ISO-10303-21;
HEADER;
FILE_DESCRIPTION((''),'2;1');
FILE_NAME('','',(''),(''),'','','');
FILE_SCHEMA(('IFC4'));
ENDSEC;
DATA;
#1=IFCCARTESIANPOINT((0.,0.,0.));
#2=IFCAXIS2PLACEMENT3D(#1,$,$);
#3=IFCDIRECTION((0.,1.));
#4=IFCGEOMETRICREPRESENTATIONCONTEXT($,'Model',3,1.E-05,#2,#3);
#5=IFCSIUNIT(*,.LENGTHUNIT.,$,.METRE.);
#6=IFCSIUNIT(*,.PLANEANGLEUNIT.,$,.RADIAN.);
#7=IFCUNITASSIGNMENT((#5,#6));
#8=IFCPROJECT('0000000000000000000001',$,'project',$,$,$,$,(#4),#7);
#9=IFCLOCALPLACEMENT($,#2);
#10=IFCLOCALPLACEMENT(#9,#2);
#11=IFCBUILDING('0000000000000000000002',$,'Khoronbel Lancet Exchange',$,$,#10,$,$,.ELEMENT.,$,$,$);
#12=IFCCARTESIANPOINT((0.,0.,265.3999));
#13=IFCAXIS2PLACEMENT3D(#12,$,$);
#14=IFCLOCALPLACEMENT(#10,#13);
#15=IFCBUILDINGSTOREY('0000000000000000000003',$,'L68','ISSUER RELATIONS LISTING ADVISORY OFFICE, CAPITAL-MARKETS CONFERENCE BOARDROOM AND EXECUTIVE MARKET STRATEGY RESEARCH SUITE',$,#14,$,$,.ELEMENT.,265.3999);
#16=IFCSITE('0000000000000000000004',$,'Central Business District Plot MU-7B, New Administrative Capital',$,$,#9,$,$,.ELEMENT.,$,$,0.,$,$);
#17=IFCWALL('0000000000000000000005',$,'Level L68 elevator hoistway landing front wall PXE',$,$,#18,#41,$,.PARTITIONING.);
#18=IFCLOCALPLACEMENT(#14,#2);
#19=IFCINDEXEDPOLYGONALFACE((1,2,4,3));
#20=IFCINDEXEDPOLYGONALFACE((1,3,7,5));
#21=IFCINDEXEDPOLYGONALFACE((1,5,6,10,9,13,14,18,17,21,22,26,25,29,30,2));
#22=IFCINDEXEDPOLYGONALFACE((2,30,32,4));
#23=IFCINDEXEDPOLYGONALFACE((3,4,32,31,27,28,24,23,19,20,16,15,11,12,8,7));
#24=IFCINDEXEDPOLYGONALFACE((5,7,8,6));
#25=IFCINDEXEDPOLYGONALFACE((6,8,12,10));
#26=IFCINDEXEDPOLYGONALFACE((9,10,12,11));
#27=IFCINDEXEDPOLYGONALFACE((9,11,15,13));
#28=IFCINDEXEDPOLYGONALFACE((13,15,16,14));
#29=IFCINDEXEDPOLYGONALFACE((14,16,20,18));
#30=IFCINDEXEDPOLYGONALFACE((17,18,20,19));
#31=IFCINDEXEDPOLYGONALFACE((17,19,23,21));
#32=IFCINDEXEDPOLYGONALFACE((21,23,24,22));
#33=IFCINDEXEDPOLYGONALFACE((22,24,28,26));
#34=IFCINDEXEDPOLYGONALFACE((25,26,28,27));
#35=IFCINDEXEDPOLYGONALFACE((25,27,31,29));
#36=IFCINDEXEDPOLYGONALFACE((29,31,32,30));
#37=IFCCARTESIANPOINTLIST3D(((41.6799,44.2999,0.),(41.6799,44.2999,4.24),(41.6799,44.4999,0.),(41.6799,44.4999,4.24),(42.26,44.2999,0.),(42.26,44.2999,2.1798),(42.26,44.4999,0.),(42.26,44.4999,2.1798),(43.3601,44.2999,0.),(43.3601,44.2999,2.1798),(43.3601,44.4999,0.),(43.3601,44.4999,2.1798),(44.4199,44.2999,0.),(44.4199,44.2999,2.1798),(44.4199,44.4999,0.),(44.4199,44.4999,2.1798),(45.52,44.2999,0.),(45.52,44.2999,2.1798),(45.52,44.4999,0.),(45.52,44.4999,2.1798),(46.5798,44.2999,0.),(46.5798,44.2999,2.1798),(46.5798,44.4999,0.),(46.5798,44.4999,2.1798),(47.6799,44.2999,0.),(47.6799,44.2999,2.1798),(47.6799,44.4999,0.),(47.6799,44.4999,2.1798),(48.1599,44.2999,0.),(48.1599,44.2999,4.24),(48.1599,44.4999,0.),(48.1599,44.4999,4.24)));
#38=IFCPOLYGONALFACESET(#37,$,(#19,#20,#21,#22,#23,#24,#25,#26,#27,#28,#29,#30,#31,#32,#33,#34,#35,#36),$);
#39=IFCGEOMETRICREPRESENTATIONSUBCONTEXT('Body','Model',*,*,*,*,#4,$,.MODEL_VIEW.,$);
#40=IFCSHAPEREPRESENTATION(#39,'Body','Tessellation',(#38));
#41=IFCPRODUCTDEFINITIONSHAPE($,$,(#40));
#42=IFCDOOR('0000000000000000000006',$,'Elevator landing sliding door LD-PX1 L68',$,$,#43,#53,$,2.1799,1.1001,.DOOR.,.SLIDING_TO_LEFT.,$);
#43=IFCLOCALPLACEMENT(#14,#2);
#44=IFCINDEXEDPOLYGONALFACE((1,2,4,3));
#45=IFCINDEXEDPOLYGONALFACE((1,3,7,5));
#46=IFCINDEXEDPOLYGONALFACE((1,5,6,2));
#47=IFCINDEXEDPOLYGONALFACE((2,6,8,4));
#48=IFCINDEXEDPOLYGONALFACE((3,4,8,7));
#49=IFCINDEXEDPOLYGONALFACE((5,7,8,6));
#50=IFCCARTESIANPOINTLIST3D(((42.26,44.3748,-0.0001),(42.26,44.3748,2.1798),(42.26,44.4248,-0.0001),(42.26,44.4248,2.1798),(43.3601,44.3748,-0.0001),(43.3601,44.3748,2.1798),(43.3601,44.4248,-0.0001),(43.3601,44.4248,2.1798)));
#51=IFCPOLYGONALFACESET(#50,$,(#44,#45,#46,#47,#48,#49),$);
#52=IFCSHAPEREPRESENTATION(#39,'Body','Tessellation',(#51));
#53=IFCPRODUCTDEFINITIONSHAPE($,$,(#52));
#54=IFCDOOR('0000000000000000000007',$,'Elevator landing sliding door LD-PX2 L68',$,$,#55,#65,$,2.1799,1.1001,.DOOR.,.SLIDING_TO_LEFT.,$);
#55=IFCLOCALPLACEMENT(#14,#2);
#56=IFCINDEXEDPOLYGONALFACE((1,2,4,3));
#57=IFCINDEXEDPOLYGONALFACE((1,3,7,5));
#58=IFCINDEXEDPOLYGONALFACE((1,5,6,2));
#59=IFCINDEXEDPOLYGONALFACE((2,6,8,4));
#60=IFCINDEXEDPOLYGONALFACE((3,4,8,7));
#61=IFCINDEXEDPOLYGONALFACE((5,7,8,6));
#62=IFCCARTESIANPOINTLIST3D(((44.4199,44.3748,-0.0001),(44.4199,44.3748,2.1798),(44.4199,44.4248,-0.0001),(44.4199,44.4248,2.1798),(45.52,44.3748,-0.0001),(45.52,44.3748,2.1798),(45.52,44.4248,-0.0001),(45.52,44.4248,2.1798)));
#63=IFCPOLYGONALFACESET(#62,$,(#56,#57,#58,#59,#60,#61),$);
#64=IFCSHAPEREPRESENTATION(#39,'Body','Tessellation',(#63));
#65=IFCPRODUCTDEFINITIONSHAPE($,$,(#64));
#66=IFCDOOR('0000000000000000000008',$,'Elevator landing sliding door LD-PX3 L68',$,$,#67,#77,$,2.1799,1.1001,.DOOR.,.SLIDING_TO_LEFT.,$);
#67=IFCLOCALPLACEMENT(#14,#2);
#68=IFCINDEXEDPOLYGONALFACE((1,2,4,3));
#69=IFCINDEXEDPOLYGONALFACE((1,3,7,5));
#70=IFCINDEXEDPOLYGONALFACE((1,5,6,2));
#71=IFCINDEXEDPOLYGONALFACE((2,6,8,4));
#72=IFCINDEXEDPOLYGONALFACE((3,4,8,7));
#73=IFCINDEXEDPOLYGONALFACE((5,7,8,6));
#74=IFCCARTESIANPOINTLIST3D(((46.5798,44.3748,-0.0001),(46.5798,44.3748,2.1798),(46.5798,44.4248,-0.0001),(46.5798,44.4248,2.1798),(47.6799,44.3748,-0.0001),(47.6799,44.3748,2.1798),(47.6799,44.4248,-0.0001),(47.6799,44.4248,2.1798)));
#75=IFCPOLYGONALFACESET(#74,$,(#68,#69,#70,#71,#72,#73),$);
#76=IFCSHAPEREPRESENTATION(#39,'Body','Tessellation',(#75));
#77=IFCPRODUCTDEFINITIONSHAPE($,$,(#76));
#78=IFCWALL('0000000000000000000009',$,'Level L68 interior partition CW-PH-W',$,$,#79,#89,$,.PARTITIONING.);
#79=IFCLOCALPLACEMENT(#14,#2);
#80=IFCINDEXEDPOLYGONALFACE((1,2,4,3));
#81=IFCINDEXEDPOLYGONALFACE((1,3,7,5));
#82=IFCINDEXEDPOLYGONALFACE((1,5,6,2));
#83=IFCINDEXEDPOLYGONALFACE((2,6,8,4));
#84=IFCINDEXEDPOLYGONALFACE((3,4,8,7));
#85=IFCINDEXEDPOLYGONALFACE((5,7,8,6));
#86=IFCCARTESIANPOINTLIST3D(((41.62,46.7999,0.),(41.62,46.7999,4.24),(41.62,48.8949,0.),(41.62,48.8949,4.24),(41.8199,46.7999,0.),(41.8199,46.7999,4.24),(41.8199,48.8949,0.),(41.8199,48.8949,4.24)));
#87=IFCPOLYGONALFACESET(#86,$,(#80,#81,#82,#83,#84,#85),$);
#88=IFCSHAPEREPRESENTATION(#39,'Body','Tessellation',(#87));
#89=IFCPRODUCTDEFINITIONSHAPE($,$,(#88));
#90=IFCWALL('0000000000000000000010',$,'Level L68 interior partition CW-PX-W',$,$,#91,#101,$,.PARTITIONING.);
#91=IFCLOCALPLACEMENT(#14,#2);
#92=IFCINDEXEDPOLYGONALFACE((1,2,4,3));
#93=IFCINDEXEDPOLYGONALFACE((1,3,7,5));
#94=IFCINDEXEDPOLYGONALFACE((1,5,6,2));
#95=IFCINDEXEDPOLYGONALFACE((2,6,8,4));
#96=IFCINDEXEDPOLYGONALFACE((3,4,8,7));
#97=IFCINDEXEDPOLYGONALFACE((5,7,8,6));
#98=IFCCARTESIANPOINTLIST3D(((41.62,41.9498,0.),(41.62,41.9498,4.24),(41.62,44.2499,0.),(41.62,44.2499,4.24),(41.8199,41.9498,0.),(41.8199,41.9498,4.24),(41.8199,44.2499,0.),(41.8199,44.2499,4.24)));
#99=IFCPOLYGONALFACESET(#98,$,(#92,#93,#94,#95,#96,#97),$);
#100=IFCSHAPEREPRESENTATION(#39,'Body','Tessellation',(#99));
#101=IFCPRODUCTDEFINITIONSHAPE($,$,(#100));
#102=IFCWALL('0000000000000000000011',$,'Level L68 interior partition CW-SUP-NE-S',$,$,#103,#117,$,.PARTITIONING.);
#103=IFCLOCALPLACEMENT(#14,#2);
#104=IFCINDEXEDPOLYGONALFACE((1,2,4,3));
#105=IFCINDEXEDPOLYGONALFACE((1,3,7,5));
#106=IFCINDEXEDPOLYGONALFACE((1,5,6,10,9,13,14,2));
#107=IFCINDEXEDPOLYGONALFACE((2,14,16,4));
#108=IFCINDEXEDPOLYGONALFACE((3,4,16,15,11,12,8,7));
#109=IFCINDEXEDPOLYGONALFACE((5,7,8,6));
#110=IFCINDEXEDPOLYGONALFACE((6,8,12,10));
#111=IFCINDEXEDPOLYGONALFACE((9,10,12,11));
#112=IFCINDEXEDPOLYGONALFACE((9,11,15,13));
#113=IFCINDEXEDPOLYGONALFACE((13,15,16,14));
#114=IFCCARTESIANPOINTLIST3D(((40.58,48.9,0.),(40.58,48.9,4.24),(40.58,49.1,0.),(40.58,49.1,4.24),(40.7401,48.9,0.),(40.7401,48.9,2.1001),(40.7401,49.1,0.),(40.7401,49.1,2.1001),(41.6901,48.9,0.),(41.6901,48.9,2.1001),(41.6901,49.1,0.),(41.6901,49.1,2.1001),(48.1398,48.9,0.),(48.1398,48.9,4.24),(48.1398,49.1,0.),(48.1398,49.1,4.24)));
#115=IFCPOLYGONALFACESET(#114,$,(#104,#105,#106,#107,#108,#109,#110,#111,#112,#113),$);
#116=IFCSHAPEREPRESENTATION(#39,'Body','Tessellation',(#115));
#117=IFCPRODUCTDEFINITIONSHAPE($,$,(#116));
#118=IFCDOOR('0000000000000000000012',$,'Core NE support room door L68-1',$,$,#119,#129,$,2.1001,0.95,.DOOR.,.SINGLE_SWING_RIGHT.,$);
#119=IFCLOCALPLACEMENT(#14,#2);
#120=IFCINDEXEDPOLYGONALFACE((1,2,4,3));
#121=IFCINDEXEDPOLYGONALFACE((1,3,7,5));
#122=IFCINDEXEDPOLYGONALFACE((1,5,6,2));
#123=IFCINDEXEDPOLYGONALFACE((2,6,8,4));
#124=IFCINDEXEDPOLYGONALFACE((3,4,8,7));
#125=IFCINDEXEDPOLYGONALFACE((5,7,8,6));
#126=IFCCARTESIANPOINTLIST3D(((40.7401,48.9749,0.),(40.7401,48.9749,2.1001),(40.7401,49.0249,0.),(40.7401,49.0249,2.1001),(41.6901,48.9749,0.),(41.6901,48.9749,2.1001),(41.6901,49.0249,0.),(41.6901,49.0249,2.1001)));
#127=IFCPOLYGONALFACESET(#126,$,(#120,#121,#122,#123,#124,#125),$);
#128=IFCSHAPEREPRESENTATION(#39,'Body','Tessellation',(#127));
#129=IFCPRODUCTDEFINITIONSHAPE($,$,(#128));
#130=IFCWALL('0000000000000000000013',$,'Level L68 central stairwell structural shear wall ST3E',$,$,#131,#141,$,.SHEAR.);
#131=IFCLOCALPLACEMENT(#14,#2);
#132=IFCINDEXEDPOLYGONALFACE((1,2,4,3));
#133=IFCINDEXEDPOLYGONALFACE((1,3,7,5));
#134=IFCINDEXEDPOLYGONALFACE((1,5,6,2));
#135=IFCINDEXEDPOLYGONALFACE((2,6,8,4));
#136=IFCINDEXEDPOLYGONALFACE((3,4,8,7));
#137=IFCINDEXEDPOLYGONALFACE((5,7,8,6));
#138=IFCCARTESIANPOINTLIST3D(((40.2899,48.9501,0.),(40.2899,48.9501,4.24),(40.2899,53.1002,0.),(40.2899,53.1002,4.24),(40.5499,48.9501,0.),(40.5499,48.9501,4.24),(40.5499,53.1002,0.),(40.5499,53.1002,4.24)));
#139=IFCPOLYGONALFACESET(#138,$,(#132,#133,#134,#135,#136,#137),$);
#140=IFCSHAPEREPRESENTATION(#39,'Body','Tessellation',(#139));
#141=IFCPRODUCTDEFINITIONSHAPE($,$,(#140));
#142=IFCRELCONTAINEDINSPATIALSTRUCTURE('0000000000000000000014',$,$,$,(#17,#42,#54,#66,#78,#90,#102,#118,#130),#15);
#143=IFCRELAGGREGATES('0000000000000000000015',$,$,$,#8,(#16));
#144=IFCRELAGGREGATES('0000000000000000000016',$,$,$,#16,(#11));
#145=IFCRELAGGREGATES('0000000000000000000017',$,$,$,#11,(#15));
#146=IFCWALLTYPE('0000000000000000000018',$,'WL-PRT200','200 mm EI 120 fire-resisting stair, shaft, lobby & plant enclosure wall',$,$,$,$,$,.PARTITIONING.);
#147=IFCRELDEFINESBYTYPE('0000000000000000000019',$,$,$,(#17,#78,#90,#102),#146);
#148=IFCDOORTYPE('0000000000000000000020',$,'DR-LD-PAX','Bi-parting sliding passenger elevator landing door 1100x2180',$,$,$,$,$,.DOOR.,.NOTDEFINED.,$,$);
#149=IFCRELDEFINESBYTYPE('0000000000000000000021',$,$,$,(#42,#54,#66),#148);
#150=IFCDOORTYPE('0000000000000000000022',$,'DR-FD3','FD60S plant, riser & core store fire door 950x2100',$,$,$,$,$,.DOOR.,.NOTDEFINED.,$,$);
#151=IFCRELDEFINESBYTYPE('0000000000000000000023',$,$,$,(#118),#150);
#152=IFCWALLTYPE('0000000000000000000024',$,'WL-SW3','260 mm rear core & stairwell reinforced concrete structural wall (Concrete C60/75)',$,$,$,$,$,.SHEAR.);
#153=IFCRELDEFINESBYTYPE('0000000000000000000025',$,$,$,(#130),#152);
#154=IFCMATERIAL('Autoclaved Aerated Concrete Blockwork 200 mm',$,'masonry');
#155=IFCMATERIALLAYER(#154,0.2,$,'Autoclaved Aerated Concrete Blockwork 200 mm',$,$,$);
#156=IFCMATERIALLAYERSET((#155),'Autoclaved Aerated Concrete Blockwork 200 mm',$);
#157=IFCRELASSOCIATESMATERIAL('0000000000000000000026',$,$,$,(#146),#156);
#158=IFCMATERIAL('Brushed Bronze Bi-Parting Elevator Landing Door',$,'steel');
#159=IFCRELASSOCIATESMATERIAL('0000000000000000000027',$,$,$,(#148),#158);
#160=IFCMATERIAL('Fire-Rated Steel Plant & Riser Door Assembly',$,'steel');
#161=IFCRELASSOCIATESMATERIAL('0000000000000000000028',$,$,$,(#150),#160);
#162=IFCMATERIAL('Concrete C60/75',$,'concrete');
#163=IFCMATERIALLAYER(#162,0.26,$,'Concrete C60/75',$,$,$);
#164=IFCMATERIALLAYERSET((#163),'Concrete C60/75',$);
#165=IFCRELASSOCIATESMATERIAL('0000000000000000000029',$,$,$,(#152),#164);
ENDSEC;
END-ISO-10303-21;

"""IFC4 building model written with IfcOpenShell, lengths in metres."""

from ifc_helpers import new_model, si_unit, direction, frame, frame_2d, origin, place, context, subcontext, project, spatial, rectangle, extrude, material, layer, layer_set, type_object, element, fill, save


model = new_model("IFC4")

# Units and contexts
model_context = context("Model", 3, precision=1e-05, world=origin(), true_north=direction((0.0, 1.0)))
body_context = subcontext(model_context, "Body", "Model", "MODEL_VIEW")
ifc_project = project(units=[si_unit("LENGTHUNIT", "METRE"), si_unit("PLANEANGLEUNIT", "RADIAN")], contexts=[model_context])

# Site, building, storey
site_placement = place(None, origin())
site = spatial("IfcSite", under=ifc_project, at=site_placement, Name="Central Business District Plot MU-7B, New Administrative Capital", CompositionType="ELEMENT", RefElevation=0.0)
building_placement = place(site_placement, origin())
building = spatial("IfcBuilding", under=site, at=building_placement, Name="Khoronbel Lancet Exchange", CompositionType="ELEMENT")
storey_placement = place(building_placement, frame((0.0, 0.0, 265.3999)))
storey = spatial("IfcBuildingStorey", under=building, at=storey_placement, Name="L68", Description="ISSUER RELATIONS LISTING ADVISORY OFFICE, CAPITAL-MARKETS CONFERENCE BOARDROOM AND EXECUTIVE MARKET STRATEGY RESEARCH SUITE", CompositionType="ELEMENT", Elevation=265.3999)

# Shared definitions
ifc_material_1 = material(Name="Concrete C60/75", Category="concrete")

# Wall, openings, doors
ifc_material_2 = material(Name="Autoclaved Aerated Concrete Blockwork 200 mm", Category="masonry")
ifc_layer_1 = layer(ifc_material_2, 0.2, Name="Autoclaved Aerated Concrete Blockwork 200 mm")
ifc_layer_set_1 = layer_set([ifc_layer_1], Name="Autoclaved Aerated Concrete Blockwork 200 mm")
wall_type_1 = type_object("IfcWallType", Name="WL-PRT200", Description="200 mm EI 120 fire-resisting stair, shaft, lobby & plant enclosure wall", PredefinedType="PARTITIONING", material=ifc_layer_set_1)
wall_1_placement = place(storey_placement, frame((41.6799, 44.3999, 0.0), z_axis=(0.0, 0.0, 1.0), x_axis=(1.0, 0.0, 0.0)))
wall_1 = element("IfcWall", 1, at=wall_1_placement, inside=storey, type_object=wall_type_1, Name="Level L68 elevator hoistway landing front wall PXE", PredefinedType="PARTITIONING", context=body_context, shape_type="SweptSolid", body=[
    extrude(rectangle(XDim=6.48, YDim=0.2, at=frame_2d((3.24, 0.0))), origin(), (0.0, 0.0, 1.0), 4.24),
])
opening_1_placement = place(wall_1_placement, frame((0.5801, 0.0, 0.0)))
opening_1 = element("IfcOpeningElement", 2, at=opening_1_placement, cuts=wall_1, PredefinedType="OPENING", context=body_context, shape_type="SweptSolid", body=[
    extrude(rectangle(XDim=1.1001, YDim=2.1799, at=frame_2d((0.55, 1.0898))), frame((0.0, 0.1099, 0.0), z_axis=(0.0, -1.0, 0.0), x_axis=(1.0, 0.0, 0.0)), (0.0, 0.0, 1.0), 0.22),
])
opening_2_placement = place(wall_1_placement, frame((2.74, 0.0, 0.0)))
opening_2 = element("IfcOpeningElement", 3, at=opening_2_placement, cuts=wall_1, PredefinedType="OPENING", context=body_context, shape_type="SweptSolid", body=[
    extrude(rectangle(XDim=1.1001, YDim=2.1799, at=frame_2d((0.55, 1.0898))), frame((0.0, 0.1099, 0.0), z_axis=(0.0, -1.0, 0.0), x_axis=(1.0, 0.0, 0.0)), (0.0, 0.0, 1.0), 0.22),
])
opening_3_placement = place(wall_1_placement, frame((4.8999, 0.0, 0.0)))
opening_3 = element("IfcOpeningElement", 4, at=opening_3_placement, cuts=wall_1, PredefinedType="OPENING", context=body_context, shape_type="SweptSolid", body=[
    extrude(rectangle(XDim=1.1001, YDim=2.1799, at=frame_2d((0.55, 1.0898))), frame((0.0, 0.1099, 0.0), z_axis=(0.0, -1.0, 0.0), x_axis=(1.0, 0.0, 0.0)), (0.0, 0.0, 1.0), 0.22),
])
ifc_material_3 = material(Name="Brushed Bronze Bi-Parting Elevator Landing Door", Category="steel")
door_type_1 = type_object("IfcDoorType", Name="DR-LD-PAX", Description="Bi-parting sliding passenger elevator landing door 1100x2180", OperationType="NOTDEFINED", PredefinedType="DOOR", material=ifc_material_3)
door_1_placement = place(opening_1_placement, origin())
door_1 = element("IfcDoor", 5, at=door_1_placement, inside=storey, type_object=door_type_1, Name="Elevator landing sliding door LD-PX1 L68", OperationType="SLIDING_TO_LEFT", OverallHeight=2.1799, OverallWidth=1.1001, PredefinedType="DOOR", context=body_context, shape_type="SweptSolid", body=[
    extrude(rectangle(XDim=1.1001, YDim=2.1799, at=frame_2d((0.55, 1.0898))), frame((0.0, 0.0249, 0.0), z_axis=(0.0, -1.0, 0.0), x_axis=(1.0, 0.0, 0.0)), (0.0, 0.0, 1.0), 0.05),
])
fill(opening_1, door_1)
door_2_placement = place(opening_2_placement, origin())
door_2 = element("IfcDoor", 6, at=door_2_placement, inside=storey, type_object=door_type_1, Name="Elevator landing sliding door LD-PX2 L68", OperationType="SLIDING_TO_LEFT", OverallHeight=2.1799, OverallWidth=1.1001, PredefinedType="DOOR", context=body_context, shape_type="SweptSolid", body=[
    extrude(rectangle(XDim=1.1001, YDim=2.1799, at=frame_2d((0.55, 1.0898))), frame((0.0, 0.0249, 0.0), z_axis=(0.0, -1.0, 0.0), x_axis=(1.0, 0.0, 0.0)), (0.0, 0.0, 1.0), 0.05),
])
fill(opening_2, door_2)
door_3_placement = place(opening_3_placement, origin())
door_3 = element("IfcDoor", 7, at=door_3_placement, inside=storey, type_object=door_type_1, Name="Elevator landing sliding door LD-PX3 L68", OperationType="SLIDING_TO_LEFT", OverallHeight=2.1799, OverallWidth=1.1001, PredefinedType="DOOR", context=body_context, shape_type="SweptSolid", body=[
    extrude(rectangle(XDim=1.1001, YDim=2.1799, at=frame_2d((0.55, 1.0898))), frame((0.0, 0.0249, 0.0), z_axis=(0.0, -1.0, 0.0), x_axis=(1.0, 0.0, 0.0)), (0.0, 0.0, 1.0), 0.05),
])
fill(opening_3, door_3)

# Walls
wall_2_placement = place(storey_placement, frame((41.72, 46.8, 0.0), z_axis=(0.0, 0.0, 1.0), x_axis=(0.0, 1.0, 0.0)))
element("IfcWall", 8, at=wall_2_placement, inside=storey, type_object=wall_type_1, Name="Level L68 interior partition CW-PH-W", PredefinedType="PARTITIONING", context=body_context, shape_type="SweptSolid", body=[
    extrude(rectangle(XDim=2.095, YDim=0.2, at=frame_2d((1.0474, 0.0))), origin(), (0.0, 0.0, 1.0), 4.24),
])
wall_3_placement = place(storey_placement, frame((41.72, 41.95, 0.0), z_axis=(0.0, 0.0, 1.0), x_axis=(0.0, 1.0, 0.0)))
element("IfcWall", 9, at=wall_3_placement, inside=storey, type_object=wall_type_1, Name="Level L68 interior partition CW-PX-W", PredefinedType="PARTITIONING", context=body_context, shape_type="SweptSolid", body=[
    extrude(rectangle(XDim=2.3, YDim=0.2, at=frame_2d((1.1499, 0.0))), origin(), (0.0, 0.0, 1.0), 4.24),
])

# Wall, opening, door
wall_4_placement = place(storey_placement, frame((40.5801, 49.0, 0.0), z_axis=(0.0, 0.0, 1.0), x_axis=(1.0, 0.0, 0.0)))
wall_4 = element("IfcWall", 10, at=wall_4_placement, inside=storey, type_object=wall_type_1, Name="Level L68 interior partition CW-SUP-NE-S", PredefinedType="PARTITIONING", context=body_context, shape_type="SweptSolid", body=[
    extrude(rectangle(XDim=7.5598, YDim=0.2, at=frame_2d((3.7798, 0.0))), origin(), (0.0, 0.0, 1.0), 4.24),
])
opening_4_placement = place(wall_4_placement, frame((0.1599, 0.0, 0.0)))
opening_4 = element("IfcOpeningElement", 11, at=opening_4_placement, cuts=wall_4, PredefinedType="OPENING", context=body_context, shape_type="SweptSolid", body=[
    extrude(rectangle(XDim=0.95, YDim=2.1001, at=frame_2d((0.4751, 1.05))), frame((0.0, 0.1099, 0.0), z_axis=(0.0, -1.0, 0.0), x_axis=(1.0, 0.0, 0.0)), (0.0, 0.0, 1.0), 0.22),
])
ifc_material_4 = material(Name="Fire-Rated Steel Plant & Riser Door Assembly", Category="steel")
door_type_2 = type_object("IfcDoorType", Name="DR-FD3", Description="FD60S plant, riser & core store fire door 950x2100", OperationType="NOTDEFINED", PredefinedType="DOOR", material=ifc_material_4)
door_4_placement = place(opening_4_placement, origin())
door_4 = element("IfcDoor", 12, at=door_4_placement, inside=storey, type_object=door_type_2, Name="Core NE support room door L68-1", OperationType="SINGLE_SWING_RIGHT", OverallHeight=2.1001, OverallWidth=0.95, PredefinedType="DOOR", context=body_context, shape_type="SweptSolid", body=[
    extrude(rectangle(XDim=0.95, YDim=2.1001, at=frame_2d((0.4751, 1.05))), frame((0.0, 0.0249, 0.0), z_axis=(0.0, -1.0, 0.0), x_axis=(1.0, 0.0, 0.0)), (0.0, 0.0, 1.0), 0.05),
])
fill(opening_4, door_4)

# Wall
ifc_layer_2 = layer(ifc_material_1, 0.26, Name="Concrete C60/75")
ifc_layer_set_2 = layer_set([ifc_layer_2], Name="Concrete C60/75")
wall_type_2 = type_object("IfcWallType", Name="WL-SW3", Description="260 mm rear core & stairwell reinforced concrete structural wall (Concrete C60/75)", PredefinedType="SHEAR", material=ifc_layer_set_2)
wall_5_placement = place(storey_placement, frame((40.4199, 48.95, 0.0), z_axis=(0.0, 0.0, 1.0), x_axis=(0.0, 1.0, 0.0)))
element("IfcWall", 13, at=wall_5_placement, inside=storey, type_object=wall_type_2, Name="Level L68 central stairwell structural shear wall ST3E", PredefinedType="SHEAR", context=body_context, shape_type="SweptSolid", body=[
    extrude(rectangle(XDim=4.1501, YDim=0.26, at=frame_2d((2.0752, 0.0))), origin(), (0.0, 0.0, 1.0), 4.24),
])

save(model, "model.ifc")
